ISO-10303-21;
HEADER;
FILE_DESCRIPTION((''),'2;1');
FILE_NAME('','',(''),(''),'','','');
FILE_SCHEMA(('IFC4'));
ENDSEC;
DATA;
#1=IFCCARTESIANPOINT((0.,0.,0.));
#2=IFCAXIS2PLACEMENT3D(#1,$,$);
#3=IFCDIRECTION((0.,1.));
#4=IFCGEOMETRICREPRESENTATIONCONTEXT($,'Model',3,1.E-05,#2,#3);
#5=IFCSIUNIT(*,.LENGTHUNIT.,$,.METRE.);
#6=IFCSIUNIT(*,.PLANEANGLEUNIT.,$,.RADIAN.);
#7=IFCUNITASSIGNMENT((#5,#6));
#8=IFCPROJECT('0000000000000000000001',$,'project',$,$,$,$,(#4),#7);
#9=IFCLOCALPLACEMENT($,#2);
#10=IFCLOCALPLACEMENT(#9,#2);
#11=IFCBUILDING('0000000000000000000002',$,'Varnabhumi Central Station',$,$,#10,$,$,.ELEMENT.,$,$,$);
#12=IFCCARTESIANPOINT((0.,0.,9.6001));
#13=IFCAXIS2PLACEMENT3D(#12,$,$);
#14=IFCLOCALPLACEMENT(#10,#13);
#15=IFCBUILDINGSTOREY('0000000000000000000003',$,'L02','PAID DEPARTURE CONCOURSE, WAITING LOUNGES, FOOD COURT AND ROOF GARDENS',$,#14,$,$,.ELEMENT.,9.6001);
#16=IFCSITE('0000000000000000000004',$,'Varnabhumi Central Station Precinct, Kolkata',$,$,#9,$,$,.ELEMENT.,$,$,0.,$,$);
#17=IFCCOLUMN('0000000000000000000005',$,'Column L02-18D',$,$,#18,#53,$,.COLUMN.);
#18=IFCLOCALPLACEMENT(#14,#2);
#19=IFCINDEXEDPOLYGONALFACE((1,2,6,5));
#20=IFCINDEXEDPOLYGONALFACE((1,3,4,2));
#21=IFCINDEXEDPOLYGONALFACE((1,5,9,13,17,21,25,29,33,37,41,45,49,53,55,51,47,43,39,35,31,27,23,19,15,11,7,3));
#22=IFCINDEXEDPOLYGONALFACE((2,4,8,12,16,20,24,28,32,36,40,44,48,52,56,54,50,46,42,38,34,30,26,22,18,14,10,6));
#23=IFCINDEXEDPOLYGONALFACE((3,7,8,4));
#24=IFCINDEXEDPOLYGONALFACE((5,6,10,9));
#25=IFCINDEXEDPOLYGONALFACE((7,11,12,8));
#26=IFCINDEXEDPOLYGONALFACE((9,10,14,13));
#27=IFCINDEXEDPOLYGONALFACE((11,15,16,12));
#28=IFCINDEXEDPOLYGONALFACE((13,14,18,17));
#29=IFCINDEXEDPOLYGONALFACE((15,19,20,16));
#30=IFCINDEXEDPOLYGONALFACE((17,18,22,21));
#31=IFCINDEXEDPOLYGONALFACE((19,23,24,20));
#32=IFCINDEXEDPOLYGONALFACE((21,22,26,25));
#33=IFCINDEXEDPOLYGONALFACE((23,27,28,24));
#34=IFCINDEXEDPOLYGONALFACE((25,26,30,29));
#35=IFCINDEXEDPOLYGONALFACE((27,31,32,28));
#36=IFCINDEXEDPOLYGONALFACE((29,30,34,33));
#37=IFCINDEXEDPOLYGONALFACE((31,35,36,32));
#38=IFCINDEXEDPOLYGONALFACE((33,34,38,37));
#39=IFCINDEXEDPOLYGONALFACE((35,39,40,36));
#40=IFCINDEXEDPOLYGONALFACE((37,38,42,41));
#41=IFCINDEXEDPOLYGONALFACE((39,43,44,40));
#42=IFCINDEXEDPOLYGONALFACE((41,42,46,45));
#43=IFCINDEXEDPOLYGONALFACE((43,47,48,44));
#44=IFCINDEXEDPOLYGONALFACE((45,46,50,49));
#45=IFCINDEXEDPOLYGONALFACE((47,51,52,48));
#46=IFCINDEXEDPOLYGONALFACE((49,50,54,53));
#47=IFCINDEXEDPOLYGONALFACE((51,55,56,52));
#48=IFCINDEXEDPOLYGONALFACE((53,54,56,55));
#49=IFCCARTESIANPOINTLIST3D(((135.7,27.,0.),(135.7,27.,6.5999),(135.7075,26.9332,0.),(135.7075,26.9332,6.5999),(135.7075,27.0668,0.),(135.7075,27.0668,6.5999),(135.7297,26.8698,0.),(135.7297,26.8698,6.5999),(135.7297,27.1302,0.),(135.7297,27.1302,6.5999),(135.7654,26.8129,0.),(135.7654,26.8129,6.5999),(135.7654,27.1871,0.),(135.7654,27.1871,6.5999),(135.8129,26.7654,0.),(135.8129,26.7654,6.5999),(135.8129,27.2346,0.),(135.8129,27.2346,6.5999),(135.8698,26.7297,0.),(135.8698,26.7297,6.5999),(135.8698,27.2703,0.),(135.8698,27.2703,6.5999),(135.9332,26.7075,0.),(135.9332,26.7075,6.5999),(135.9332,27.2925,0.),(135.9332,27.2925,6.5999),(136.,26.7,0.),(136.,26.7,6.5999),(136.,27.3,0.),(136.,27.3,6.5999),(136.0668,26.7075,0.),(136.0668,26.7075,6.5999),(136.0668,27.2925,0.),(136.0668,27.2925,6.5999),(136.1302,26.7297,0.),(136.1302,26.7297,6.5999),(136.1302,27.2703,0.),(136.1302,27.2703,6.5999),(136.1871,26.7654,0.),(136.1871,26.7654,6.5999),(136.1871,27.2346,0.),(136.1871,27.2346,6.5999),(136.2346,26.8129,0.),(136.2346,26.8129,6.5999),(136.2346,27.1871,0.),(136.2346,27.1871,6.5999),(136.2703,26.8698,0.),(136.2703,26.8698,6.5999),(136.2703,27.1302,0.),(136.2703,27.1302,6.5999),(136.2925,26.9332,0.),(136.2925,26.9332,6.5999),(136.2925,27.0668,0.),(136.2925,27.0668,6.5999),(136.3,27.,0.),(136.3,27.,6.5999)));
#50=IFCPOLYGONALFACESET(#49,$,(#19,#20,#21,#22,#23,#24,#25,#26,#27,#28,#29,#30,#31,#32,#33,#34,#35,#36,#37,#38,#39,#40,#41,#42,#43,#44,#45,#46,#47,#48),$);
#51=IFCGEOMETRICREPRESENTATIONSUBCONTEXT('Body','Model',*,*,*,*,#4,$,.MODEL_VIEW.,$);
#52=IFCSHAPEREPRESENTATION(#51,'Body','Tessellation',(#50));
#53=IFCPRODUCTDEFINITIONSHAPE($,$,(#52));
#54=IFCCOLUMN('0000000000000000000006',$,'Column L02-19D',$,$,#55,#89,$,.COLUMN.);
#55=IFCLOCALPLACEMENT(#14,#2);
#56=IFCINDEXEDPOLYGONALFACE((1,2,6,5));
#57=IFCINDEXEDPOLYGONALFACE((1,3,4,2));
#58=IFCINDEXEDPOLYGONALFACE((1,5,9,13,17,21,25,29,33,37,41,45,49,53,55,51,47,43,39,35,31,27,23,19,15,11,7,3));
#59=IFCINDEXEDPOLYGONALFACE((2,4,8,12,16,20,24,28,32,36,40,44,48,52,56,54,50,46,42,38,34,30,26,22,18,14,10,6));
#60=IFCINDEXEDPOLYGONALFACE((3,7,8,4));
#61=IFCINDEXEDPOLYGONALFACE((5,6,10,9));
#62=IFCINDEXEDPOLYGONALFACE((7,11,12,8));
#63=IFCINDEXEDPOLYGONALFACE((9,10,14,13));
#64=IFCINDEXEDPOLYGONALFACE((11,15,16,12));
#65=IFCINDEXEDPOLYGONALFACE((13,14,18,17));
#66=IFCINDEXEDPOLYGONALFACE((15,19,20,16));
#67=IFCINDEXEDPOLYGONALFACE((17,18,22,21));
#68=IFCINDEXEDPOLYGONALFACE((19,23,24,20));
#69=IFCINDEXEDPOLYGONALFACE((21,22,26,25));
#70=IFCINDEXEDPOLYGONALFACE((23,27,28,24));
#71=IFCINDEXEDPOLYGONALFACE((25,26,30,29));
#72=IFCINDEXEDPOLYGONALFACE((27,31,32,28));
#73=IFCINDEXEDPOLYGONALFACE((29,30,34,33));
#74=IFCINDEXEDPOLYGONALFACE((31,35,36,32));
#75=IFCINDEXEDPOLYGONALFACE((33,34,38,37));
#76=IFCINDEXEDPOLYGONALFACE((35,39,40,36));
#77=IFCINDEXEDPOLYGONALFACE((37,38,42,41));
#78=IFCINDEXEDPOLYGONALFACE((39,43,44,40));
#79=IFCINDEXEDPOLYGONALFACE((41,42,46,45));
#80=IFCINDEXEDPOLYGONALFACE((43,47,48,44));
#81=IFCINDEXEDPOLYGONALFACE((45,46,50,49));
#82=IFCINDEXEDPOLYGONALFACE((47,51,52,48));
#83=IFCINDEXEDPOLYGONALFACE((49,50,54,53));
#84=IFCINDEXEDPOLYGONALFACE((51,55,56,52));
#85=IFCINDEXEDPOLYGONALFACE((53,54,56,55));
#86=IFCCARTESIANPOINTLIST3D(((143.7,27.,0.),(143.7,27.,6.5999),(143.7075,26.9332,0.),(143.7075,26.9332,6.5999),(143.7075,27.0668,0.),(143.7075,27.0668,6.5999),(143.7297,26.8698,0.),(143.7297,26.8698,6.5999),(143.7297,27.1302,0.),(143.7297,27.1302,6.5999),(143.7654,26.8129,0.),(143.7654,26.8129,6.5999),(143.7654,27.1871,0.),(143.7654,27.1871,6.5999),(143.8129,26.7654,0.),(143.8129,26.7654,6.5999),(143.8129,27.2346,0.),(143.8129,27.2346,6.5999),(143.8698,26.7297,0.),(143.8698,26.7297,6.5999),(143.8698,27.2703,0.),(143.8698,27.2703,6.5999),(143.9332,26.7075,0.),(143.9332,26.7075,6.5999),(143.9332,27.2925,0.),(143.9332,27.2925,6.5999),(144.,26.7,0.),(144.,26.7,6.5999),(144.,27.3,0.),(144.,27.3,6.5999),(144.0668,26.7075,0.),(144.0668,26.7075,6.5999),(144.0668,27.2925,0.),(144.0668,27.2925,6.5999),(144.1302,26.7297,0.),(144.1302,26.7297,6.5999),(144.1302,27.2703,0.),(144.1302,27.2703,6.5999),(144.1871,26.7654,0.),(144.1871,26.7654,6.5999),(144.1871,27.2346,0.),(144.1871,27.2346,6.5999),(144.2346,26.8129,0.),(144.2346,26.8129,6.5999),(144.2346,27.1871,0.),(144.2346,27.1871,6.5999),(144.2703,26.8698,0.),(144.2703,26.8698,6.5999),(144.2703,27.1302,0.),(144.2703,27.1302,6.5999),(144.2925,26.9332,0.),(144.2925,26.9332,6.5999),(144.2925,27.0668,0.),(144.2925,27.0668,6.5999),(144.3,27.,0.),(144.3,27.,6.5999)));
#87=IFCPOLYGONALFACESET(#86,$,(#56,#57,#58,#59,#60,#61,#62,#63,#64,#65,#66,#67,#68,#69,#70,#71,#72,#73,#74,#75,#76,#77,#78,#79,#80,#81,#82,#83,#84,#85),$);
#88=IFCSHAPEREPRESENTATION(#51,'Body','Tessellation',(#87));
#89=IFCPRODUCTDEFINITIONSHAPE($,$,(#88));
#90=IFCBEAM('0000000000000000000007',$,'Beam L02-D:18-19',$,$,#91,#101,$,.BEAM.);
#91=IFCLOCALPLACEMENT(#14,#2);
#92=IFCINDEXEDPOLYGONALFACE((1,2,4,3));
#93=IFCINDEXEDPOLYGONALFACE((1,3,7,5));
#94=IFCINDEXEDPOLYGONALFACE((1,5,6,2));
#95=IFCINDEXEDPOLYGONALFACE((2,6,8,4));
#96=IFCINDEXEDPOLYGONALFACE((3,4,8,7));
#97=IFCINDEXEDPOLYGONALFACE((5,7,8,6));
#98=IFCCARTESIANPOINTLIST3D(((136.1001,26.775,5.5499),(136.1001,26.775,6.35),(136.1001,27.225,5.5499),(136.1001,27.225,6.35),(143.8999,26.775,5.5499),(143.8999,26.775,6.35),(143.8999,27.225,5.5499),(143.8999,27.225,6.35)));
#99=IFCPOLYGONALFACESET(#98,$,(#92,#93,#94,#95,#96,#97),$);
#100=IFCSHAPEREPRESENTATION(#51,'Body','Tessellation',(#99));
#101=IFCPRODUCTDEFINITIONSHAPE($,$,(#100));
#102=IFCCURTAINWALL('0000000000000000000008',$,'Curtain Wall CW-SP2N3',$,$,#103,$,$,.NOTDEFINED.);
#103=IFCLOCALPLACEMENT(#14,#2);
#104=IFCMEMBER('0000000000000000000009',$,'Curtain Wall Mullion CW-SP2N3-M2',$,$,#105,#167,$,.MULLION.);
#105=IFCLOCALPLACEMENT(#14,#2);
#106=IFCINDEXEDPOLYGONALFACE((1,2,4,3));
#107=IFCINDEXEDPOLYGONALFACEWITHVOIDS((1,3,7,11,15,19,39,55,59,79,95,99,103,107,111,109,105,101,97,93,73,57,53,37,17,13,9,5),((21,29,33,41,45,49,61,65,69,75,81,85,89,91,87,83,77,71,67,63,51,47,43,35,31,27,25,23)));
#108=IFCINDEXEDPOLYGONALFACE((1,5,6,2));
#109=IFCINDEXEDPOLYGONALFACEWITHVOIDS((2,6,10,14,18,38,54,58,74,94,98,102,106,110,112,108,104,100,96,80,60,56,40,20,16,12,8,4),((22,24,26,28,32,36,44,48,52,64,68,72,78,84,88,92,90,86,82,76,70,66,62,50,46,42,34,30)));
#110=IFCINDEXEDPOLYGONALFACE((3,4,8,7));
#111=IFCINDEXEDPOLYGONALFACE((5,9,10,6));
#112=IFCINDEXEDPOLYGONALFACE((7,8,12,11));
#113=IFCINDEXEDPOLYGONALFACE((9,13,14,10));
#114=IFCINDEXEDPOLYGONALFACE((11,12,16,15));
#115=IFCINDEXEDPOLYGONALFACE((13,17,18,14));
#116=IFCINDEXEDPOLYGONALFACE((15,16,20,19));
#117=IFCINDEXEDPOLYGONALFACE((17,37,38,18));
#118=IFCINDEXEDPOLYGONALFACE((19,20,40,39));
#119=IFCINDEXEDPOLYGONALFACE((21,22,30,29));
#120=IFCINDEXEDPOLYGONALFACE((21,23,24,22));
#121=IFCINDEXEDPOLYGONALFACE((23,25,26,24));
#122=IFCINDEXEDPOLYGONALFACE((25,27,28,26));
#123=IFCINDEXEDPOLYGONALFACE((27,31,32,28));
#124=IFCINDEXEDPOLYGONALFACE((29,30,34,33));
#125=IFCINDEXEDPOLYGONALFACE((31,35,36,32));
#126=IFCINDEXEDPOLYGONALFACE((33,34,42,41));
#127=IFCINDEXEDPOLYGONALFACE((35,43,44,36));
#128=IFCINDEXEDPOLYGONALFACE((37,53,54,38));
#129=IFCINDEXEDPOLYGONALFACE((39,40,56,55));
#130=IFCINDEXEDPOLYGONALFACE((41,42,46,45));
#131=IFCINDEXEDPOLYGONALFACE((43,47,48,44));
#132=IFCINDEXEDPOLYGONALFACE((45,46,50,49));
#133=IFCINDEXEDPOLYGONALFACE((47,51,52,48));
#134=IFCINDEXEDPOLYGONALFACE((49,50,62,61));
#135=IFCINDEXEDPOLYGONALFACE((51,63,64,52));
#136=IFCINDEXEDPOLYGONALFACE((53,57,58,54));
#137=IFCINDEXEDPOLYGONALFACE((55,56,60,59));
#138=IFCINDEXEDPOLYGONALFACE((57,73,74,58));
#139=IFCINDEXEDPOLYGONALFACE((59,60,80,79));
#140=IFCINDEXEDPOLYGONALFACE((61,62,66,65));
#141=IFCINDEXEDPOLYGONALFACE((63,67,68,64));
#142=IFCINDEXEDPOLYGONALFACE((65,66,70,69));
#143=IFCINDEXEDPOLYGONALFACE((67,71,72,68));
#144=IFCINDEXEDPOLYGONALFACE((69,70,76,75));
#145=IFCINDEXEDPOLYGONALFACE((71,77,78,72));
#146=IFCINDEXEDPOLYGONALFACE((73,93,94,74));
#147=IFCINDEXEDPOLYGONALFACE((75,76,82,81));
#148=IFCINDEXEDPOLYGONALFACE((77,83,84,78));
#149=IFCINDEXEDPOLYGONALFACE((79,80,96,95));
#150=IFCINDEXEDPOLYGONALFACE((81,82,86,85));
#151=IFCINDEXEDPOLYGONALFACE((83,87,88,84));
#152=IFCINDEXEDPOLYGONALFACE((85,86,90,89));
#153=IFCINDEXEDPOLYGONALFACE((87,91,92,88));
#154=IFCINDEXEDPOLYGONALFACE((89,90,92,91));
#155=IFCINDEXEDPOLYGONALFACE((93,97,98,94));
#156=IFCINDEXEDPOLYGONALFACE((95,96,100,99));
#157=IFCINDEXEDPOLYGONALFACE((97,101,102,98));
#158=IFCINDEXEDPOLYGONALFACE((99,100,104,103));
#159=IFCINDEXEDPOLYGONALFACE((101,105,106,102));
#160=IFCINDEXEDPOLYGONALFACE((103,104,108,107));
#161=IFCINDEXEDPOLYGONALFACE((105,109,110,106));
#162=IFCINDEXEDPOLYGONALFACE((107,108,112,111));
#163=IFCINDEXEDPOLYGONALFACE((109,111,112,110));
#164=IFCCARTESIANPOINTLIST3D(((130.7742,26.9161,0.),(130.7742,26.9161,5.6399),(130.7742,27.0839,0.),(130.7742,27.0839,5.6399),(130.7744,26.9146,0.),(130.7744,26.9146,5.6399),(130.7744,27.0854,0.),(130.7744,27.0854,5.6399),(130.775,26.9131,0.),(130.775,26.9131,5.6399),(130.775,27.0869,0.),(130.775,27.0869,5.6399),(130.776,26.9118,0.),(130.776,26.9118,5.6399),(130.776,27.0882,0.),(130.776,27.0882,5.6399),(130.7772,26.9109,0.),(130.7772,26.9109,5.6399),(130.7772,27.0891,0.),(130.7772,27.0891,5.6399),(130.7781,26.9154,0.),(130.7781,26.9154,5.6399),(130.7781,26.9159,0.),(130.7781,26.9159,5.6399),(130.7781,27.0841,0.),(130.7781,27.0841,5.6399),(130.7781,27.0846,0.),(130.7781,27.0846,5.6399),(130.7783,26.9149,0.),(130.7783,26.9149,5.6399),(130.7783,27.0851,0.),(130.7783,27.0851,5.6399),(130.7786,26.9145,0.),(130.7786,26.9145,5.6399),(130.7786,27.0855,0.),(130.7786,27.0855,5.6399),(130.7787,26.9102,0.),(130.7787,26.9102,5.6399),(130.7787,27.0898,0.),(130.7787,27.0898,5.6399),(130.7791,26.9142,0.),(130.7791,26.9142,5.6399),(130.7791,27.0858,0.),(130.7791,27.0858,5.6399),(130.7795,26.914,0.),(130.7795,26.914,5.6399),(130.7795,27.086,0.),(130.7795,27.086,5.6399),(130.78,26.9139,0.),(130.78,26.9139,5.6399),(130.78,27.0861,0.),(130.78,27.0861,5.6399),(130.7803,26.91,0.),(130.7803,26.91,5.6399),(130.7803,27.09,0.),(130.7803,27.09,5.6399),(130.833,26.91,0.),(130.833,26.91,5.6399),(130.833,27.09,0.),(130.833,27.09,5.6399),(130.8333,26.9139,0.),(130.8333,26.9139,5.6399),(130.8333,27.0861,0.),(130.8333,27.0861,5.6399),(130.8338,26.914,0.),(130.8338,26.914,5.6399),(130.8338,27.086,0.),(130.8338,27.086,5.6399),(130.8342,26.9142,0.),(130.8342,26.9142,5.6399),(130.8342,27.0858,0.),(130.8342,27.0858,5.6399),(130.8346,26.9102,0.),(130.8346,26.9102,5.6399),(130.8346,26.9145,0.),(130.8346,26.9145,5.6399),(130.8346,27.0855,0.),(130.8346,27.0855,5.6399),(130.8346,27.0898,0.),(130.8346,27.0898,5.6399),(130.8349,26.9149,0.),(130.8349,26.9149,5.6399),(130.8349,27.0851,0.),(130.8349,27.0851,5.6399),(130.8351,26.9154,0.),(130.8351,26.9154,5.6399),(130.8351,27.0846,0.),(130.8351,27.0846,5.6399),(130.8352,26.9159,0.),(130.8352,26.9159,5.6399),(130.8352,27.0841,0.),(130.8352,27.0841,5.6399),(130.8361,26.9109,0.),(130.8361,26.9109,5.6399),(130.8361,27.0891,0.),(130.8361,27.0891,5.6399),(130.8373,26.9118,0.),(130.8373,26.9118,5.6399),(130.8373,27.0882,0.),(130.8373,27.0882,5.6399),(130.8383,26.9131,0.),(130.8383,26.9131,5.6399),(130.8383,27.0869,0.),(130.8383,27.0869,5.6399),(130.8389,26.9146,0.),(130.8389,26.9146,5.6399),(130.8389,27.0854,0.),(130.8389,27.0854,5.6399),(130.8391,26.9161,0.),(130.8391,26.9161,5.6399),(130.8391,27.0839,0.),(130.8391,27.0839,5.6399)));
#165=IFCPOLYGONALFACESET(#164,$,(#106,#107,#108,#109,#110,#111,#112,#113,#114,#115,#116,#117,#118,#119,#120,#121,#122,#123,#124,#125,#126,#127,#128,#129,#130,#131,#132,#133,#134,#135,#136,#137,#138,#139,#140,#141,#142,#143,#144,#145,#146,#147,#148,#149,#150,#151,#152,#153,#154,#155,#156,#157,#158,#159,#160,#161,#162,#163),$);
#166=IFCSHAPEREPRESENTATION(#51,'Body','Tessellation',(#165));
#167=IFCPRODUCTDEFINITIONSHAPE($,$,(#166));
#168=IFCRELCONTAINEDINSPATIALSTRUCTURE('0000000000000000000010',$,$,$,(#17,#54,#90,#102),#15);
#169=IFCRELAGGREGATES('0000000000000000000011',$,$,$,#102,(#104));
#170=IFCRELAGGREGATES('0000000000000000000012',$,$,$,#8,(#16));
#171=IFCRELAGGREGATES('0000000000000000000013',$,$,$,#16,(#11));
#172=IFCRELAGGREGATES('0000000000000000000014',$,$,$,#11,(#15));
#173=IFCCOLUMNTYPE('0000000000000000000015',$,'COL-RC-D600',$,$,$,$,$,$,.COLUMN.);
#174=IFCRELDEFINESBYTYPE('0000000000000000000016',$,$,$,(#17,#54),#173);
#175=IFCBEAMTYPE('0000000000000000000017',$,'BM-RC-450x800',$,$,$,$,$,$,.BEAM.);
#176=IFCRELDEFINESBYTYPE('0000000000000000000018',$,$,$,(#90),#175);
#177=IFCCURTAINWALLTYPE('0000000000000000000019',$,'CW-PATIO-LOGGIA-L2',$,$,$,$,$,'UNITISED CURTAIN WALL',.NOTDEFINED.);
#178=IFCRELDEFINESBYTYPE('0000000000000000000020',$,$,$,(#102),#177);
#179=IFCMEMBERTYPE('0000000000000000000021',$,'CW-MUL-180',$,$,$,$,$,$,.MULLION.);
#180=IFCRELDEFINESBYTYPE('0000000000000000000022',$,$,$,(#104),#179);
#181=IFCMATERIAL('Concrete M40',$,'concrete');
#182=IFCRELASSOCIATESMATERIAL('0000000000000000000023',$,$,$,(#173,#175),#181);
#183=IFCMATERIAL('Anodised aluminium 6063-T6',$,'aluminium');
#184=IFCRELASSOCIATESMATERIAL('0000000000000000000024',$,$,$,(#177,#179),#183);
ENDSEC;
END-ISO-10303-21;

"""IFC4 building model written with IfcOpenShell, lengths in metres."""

from ifc_helpers import new_model, si_unit, direction, frame, origin, origin_2d, place, context, subcontext, project, spatial, rectangle, hollow_rectangle, circle, extrude, material, material_profile, profile_set, type_object, element, aggregate, save


model = new_model("IFC4")

# Units and contexts
model_context = context("Model", 3, precision=1e-05, world=origin(), true_north=direction((0.0, 1.0)))
body_context = subcontext(model_context, "Body", "Model", "MODEL_VIEW")
ifc_project = project(units=[si_unit("LENGTHUNIT", "METRE"), si_unit("PLANEANGLEUNIT", "RADIAN")], contexts=[model_context])

# Site, building, storey
site_placement = place(None, origin())
site = spatial("IfcSite", under=ifc_project, at=site_placement, Name="Varnabhumi Central Station Precinct, Kolkata", CompositionType="ELEMENT", RefElevation=0.0)
building_placement = place(site_placement, origin())
building = spatial("IfcBuilding", under=site, at=building_placement, Name="Varnabhumi Central Station", CompositionType="ELEMENT")
storey_placement = place(building_placement, frame((0.0, 0.0, 9.6001)))
storey = spatial("IfcBuildingStorey", under=building, at=storey_placement, Name="L02", Description="PAID DEPARTURE CONCOURSE, WAITING LOUNGES, FOOD COURT AND ROOF GARDENS", CompositionType="ELEMENT", Elevation=9.6001)

# Columns
ifc_material_1 = material(Name="Concrete M40", Category="concrete")
ifc_material_profile_1 = material_profile(ifc_material_1, circle(Radius=0.3, at=origin_2d()), Name="Concrete M40", Category="concrete")
ifc_profile_set_1 = profile_set([ifc_material_profile_1], Name="Concrete M40")
column_type = type_object("IfcColumnType", Name="COL-RC-D600", PredefinedType="COLUMN", material=ifc_profile_set_1)
for number, where, z_axis, x_axis, name in (
    (1, (136.0, 27.0, 0.0), (0.0, 0.0, 1.0), (1.0, 0.0, 0.0), "Column L02-18D"),
    (2, (144.0, 27.0, 0.0), (0.0, 0.0, 1.0), (1.0, 0.0, 0.0), "Column L02-19D"),
):
    element("IfcColumn", number, at=place(storey_placement, frame(where, z_axis=z_axis, x_axis=x_axis)), inside=storey, type_object=column_type, Name=name, PredefinedType="COLUMN", context=body_context, shape_type="SweptSolid", body=[
        extrude(circle(Radius=0.3, at=origin_2d()), origin(), (0.0, 0.0, 1.0), 6.5999),
    ])

# Beam
ifc_material_profile_2 = material_profile(ifc_material_1, rectangle(XDim=0.45, YDim=0.8, at=origin_2d()), Name="Concrete M40", Category="concrete")
ifc_profile_set_2 = profile_set([ifc_material_profile_2], Name="Concrete M40")
beam_type = type_object("IfcBeamType", Name="BM-RC-450x800", PredefinedType="BEAM", material=ifc_profile_set_2)
beam_placement = place(storey_placement, frame((136.1001, 27.0, 5.95), z_axis=(1.0, 0.0, 0.0), x_axis=(0.0, 1.0, 0.0)))
element("IfcBeam", 3, at=beam_placement, inside=storey, type_object=beam_type, Name="Beam L02-D:18-19", PredefinedType="BEAM", context=body_context, shape_type="SweptSolid", body=[
    extrude(rectangle(XDim=0.45, YDim=0.8, at=origin_2d()), origin(), (0.0, 0.0, 1.0), 7.7998),
])

# Curtain wall, member
ifc_material_2 = material(Name="Anodised aluminium 6063-T6", Category="aluminium")
curtain_wall_type = type_object("IfcCurtainWallType", Name="CW-PATIO-LOGGIA-L2", ElementType="UNITISED CURTAIN WALL", PredefinedType="NOTDEFINED", material=ifc_material_2)
curtain_wall_1_placement = place(storey_placement, origin())
curtain_wall_1 = element("IfcCurtainWall", 4, at=curtain_wall_1_placement, inside=storey, type_object=curtain_wall_type, Name="Curtain Wall CW-SP2N3", PredefinedType="NOTDEFINED")
ifc_material_profile_3 = material_profile(ifc_material_2, hollow_rectangle(XDim=0.0649, YDim=0.1799, WallThickness=0.0039, InnerFilletRadius=0.002, OuterFilletRadius=0.0061, at=origin_2d()), Name="Anodised aluminium 6063-T6", Category="aluminium")
ifc_profile_set_3 = profile_set([ifc_material_profile_3], Name="Anodised aluminium 6063-T6")
member_type_1 = type_object("IfcMemberType", Name="CW-MUL-180", PredefinedType="MULLION", material=ifc_profile_set_3)
member_1_placement = place(storey_placement, frame((130.8066, 27.0, 0.0), z_axis=(0.0, 0.0, 1.0), x_axis=(1.0, 0.0, 0.0)))
member_1 = element("IfcMember", 5, at=member_1_placement, type_object=member_type_1, Name="Curtain Wall Mullion CW-SP2N3-M2", PredefinedType="MULLION", context=body_context, shape_type="SweptSolid", body=[
    extrude(hollow_rectangle(XDim=0.0649, YDim=0.1799, WallThickness=0.0039, InnerFilletRadius=0.002, OuterFilletRadius=0.0061, at=origin_2d()), origin(), (0.0, 0.0, 1.0), 5.6399),
])

aggregate(curtain_wall_1, [member_1])

save(model, "model.ifc")
